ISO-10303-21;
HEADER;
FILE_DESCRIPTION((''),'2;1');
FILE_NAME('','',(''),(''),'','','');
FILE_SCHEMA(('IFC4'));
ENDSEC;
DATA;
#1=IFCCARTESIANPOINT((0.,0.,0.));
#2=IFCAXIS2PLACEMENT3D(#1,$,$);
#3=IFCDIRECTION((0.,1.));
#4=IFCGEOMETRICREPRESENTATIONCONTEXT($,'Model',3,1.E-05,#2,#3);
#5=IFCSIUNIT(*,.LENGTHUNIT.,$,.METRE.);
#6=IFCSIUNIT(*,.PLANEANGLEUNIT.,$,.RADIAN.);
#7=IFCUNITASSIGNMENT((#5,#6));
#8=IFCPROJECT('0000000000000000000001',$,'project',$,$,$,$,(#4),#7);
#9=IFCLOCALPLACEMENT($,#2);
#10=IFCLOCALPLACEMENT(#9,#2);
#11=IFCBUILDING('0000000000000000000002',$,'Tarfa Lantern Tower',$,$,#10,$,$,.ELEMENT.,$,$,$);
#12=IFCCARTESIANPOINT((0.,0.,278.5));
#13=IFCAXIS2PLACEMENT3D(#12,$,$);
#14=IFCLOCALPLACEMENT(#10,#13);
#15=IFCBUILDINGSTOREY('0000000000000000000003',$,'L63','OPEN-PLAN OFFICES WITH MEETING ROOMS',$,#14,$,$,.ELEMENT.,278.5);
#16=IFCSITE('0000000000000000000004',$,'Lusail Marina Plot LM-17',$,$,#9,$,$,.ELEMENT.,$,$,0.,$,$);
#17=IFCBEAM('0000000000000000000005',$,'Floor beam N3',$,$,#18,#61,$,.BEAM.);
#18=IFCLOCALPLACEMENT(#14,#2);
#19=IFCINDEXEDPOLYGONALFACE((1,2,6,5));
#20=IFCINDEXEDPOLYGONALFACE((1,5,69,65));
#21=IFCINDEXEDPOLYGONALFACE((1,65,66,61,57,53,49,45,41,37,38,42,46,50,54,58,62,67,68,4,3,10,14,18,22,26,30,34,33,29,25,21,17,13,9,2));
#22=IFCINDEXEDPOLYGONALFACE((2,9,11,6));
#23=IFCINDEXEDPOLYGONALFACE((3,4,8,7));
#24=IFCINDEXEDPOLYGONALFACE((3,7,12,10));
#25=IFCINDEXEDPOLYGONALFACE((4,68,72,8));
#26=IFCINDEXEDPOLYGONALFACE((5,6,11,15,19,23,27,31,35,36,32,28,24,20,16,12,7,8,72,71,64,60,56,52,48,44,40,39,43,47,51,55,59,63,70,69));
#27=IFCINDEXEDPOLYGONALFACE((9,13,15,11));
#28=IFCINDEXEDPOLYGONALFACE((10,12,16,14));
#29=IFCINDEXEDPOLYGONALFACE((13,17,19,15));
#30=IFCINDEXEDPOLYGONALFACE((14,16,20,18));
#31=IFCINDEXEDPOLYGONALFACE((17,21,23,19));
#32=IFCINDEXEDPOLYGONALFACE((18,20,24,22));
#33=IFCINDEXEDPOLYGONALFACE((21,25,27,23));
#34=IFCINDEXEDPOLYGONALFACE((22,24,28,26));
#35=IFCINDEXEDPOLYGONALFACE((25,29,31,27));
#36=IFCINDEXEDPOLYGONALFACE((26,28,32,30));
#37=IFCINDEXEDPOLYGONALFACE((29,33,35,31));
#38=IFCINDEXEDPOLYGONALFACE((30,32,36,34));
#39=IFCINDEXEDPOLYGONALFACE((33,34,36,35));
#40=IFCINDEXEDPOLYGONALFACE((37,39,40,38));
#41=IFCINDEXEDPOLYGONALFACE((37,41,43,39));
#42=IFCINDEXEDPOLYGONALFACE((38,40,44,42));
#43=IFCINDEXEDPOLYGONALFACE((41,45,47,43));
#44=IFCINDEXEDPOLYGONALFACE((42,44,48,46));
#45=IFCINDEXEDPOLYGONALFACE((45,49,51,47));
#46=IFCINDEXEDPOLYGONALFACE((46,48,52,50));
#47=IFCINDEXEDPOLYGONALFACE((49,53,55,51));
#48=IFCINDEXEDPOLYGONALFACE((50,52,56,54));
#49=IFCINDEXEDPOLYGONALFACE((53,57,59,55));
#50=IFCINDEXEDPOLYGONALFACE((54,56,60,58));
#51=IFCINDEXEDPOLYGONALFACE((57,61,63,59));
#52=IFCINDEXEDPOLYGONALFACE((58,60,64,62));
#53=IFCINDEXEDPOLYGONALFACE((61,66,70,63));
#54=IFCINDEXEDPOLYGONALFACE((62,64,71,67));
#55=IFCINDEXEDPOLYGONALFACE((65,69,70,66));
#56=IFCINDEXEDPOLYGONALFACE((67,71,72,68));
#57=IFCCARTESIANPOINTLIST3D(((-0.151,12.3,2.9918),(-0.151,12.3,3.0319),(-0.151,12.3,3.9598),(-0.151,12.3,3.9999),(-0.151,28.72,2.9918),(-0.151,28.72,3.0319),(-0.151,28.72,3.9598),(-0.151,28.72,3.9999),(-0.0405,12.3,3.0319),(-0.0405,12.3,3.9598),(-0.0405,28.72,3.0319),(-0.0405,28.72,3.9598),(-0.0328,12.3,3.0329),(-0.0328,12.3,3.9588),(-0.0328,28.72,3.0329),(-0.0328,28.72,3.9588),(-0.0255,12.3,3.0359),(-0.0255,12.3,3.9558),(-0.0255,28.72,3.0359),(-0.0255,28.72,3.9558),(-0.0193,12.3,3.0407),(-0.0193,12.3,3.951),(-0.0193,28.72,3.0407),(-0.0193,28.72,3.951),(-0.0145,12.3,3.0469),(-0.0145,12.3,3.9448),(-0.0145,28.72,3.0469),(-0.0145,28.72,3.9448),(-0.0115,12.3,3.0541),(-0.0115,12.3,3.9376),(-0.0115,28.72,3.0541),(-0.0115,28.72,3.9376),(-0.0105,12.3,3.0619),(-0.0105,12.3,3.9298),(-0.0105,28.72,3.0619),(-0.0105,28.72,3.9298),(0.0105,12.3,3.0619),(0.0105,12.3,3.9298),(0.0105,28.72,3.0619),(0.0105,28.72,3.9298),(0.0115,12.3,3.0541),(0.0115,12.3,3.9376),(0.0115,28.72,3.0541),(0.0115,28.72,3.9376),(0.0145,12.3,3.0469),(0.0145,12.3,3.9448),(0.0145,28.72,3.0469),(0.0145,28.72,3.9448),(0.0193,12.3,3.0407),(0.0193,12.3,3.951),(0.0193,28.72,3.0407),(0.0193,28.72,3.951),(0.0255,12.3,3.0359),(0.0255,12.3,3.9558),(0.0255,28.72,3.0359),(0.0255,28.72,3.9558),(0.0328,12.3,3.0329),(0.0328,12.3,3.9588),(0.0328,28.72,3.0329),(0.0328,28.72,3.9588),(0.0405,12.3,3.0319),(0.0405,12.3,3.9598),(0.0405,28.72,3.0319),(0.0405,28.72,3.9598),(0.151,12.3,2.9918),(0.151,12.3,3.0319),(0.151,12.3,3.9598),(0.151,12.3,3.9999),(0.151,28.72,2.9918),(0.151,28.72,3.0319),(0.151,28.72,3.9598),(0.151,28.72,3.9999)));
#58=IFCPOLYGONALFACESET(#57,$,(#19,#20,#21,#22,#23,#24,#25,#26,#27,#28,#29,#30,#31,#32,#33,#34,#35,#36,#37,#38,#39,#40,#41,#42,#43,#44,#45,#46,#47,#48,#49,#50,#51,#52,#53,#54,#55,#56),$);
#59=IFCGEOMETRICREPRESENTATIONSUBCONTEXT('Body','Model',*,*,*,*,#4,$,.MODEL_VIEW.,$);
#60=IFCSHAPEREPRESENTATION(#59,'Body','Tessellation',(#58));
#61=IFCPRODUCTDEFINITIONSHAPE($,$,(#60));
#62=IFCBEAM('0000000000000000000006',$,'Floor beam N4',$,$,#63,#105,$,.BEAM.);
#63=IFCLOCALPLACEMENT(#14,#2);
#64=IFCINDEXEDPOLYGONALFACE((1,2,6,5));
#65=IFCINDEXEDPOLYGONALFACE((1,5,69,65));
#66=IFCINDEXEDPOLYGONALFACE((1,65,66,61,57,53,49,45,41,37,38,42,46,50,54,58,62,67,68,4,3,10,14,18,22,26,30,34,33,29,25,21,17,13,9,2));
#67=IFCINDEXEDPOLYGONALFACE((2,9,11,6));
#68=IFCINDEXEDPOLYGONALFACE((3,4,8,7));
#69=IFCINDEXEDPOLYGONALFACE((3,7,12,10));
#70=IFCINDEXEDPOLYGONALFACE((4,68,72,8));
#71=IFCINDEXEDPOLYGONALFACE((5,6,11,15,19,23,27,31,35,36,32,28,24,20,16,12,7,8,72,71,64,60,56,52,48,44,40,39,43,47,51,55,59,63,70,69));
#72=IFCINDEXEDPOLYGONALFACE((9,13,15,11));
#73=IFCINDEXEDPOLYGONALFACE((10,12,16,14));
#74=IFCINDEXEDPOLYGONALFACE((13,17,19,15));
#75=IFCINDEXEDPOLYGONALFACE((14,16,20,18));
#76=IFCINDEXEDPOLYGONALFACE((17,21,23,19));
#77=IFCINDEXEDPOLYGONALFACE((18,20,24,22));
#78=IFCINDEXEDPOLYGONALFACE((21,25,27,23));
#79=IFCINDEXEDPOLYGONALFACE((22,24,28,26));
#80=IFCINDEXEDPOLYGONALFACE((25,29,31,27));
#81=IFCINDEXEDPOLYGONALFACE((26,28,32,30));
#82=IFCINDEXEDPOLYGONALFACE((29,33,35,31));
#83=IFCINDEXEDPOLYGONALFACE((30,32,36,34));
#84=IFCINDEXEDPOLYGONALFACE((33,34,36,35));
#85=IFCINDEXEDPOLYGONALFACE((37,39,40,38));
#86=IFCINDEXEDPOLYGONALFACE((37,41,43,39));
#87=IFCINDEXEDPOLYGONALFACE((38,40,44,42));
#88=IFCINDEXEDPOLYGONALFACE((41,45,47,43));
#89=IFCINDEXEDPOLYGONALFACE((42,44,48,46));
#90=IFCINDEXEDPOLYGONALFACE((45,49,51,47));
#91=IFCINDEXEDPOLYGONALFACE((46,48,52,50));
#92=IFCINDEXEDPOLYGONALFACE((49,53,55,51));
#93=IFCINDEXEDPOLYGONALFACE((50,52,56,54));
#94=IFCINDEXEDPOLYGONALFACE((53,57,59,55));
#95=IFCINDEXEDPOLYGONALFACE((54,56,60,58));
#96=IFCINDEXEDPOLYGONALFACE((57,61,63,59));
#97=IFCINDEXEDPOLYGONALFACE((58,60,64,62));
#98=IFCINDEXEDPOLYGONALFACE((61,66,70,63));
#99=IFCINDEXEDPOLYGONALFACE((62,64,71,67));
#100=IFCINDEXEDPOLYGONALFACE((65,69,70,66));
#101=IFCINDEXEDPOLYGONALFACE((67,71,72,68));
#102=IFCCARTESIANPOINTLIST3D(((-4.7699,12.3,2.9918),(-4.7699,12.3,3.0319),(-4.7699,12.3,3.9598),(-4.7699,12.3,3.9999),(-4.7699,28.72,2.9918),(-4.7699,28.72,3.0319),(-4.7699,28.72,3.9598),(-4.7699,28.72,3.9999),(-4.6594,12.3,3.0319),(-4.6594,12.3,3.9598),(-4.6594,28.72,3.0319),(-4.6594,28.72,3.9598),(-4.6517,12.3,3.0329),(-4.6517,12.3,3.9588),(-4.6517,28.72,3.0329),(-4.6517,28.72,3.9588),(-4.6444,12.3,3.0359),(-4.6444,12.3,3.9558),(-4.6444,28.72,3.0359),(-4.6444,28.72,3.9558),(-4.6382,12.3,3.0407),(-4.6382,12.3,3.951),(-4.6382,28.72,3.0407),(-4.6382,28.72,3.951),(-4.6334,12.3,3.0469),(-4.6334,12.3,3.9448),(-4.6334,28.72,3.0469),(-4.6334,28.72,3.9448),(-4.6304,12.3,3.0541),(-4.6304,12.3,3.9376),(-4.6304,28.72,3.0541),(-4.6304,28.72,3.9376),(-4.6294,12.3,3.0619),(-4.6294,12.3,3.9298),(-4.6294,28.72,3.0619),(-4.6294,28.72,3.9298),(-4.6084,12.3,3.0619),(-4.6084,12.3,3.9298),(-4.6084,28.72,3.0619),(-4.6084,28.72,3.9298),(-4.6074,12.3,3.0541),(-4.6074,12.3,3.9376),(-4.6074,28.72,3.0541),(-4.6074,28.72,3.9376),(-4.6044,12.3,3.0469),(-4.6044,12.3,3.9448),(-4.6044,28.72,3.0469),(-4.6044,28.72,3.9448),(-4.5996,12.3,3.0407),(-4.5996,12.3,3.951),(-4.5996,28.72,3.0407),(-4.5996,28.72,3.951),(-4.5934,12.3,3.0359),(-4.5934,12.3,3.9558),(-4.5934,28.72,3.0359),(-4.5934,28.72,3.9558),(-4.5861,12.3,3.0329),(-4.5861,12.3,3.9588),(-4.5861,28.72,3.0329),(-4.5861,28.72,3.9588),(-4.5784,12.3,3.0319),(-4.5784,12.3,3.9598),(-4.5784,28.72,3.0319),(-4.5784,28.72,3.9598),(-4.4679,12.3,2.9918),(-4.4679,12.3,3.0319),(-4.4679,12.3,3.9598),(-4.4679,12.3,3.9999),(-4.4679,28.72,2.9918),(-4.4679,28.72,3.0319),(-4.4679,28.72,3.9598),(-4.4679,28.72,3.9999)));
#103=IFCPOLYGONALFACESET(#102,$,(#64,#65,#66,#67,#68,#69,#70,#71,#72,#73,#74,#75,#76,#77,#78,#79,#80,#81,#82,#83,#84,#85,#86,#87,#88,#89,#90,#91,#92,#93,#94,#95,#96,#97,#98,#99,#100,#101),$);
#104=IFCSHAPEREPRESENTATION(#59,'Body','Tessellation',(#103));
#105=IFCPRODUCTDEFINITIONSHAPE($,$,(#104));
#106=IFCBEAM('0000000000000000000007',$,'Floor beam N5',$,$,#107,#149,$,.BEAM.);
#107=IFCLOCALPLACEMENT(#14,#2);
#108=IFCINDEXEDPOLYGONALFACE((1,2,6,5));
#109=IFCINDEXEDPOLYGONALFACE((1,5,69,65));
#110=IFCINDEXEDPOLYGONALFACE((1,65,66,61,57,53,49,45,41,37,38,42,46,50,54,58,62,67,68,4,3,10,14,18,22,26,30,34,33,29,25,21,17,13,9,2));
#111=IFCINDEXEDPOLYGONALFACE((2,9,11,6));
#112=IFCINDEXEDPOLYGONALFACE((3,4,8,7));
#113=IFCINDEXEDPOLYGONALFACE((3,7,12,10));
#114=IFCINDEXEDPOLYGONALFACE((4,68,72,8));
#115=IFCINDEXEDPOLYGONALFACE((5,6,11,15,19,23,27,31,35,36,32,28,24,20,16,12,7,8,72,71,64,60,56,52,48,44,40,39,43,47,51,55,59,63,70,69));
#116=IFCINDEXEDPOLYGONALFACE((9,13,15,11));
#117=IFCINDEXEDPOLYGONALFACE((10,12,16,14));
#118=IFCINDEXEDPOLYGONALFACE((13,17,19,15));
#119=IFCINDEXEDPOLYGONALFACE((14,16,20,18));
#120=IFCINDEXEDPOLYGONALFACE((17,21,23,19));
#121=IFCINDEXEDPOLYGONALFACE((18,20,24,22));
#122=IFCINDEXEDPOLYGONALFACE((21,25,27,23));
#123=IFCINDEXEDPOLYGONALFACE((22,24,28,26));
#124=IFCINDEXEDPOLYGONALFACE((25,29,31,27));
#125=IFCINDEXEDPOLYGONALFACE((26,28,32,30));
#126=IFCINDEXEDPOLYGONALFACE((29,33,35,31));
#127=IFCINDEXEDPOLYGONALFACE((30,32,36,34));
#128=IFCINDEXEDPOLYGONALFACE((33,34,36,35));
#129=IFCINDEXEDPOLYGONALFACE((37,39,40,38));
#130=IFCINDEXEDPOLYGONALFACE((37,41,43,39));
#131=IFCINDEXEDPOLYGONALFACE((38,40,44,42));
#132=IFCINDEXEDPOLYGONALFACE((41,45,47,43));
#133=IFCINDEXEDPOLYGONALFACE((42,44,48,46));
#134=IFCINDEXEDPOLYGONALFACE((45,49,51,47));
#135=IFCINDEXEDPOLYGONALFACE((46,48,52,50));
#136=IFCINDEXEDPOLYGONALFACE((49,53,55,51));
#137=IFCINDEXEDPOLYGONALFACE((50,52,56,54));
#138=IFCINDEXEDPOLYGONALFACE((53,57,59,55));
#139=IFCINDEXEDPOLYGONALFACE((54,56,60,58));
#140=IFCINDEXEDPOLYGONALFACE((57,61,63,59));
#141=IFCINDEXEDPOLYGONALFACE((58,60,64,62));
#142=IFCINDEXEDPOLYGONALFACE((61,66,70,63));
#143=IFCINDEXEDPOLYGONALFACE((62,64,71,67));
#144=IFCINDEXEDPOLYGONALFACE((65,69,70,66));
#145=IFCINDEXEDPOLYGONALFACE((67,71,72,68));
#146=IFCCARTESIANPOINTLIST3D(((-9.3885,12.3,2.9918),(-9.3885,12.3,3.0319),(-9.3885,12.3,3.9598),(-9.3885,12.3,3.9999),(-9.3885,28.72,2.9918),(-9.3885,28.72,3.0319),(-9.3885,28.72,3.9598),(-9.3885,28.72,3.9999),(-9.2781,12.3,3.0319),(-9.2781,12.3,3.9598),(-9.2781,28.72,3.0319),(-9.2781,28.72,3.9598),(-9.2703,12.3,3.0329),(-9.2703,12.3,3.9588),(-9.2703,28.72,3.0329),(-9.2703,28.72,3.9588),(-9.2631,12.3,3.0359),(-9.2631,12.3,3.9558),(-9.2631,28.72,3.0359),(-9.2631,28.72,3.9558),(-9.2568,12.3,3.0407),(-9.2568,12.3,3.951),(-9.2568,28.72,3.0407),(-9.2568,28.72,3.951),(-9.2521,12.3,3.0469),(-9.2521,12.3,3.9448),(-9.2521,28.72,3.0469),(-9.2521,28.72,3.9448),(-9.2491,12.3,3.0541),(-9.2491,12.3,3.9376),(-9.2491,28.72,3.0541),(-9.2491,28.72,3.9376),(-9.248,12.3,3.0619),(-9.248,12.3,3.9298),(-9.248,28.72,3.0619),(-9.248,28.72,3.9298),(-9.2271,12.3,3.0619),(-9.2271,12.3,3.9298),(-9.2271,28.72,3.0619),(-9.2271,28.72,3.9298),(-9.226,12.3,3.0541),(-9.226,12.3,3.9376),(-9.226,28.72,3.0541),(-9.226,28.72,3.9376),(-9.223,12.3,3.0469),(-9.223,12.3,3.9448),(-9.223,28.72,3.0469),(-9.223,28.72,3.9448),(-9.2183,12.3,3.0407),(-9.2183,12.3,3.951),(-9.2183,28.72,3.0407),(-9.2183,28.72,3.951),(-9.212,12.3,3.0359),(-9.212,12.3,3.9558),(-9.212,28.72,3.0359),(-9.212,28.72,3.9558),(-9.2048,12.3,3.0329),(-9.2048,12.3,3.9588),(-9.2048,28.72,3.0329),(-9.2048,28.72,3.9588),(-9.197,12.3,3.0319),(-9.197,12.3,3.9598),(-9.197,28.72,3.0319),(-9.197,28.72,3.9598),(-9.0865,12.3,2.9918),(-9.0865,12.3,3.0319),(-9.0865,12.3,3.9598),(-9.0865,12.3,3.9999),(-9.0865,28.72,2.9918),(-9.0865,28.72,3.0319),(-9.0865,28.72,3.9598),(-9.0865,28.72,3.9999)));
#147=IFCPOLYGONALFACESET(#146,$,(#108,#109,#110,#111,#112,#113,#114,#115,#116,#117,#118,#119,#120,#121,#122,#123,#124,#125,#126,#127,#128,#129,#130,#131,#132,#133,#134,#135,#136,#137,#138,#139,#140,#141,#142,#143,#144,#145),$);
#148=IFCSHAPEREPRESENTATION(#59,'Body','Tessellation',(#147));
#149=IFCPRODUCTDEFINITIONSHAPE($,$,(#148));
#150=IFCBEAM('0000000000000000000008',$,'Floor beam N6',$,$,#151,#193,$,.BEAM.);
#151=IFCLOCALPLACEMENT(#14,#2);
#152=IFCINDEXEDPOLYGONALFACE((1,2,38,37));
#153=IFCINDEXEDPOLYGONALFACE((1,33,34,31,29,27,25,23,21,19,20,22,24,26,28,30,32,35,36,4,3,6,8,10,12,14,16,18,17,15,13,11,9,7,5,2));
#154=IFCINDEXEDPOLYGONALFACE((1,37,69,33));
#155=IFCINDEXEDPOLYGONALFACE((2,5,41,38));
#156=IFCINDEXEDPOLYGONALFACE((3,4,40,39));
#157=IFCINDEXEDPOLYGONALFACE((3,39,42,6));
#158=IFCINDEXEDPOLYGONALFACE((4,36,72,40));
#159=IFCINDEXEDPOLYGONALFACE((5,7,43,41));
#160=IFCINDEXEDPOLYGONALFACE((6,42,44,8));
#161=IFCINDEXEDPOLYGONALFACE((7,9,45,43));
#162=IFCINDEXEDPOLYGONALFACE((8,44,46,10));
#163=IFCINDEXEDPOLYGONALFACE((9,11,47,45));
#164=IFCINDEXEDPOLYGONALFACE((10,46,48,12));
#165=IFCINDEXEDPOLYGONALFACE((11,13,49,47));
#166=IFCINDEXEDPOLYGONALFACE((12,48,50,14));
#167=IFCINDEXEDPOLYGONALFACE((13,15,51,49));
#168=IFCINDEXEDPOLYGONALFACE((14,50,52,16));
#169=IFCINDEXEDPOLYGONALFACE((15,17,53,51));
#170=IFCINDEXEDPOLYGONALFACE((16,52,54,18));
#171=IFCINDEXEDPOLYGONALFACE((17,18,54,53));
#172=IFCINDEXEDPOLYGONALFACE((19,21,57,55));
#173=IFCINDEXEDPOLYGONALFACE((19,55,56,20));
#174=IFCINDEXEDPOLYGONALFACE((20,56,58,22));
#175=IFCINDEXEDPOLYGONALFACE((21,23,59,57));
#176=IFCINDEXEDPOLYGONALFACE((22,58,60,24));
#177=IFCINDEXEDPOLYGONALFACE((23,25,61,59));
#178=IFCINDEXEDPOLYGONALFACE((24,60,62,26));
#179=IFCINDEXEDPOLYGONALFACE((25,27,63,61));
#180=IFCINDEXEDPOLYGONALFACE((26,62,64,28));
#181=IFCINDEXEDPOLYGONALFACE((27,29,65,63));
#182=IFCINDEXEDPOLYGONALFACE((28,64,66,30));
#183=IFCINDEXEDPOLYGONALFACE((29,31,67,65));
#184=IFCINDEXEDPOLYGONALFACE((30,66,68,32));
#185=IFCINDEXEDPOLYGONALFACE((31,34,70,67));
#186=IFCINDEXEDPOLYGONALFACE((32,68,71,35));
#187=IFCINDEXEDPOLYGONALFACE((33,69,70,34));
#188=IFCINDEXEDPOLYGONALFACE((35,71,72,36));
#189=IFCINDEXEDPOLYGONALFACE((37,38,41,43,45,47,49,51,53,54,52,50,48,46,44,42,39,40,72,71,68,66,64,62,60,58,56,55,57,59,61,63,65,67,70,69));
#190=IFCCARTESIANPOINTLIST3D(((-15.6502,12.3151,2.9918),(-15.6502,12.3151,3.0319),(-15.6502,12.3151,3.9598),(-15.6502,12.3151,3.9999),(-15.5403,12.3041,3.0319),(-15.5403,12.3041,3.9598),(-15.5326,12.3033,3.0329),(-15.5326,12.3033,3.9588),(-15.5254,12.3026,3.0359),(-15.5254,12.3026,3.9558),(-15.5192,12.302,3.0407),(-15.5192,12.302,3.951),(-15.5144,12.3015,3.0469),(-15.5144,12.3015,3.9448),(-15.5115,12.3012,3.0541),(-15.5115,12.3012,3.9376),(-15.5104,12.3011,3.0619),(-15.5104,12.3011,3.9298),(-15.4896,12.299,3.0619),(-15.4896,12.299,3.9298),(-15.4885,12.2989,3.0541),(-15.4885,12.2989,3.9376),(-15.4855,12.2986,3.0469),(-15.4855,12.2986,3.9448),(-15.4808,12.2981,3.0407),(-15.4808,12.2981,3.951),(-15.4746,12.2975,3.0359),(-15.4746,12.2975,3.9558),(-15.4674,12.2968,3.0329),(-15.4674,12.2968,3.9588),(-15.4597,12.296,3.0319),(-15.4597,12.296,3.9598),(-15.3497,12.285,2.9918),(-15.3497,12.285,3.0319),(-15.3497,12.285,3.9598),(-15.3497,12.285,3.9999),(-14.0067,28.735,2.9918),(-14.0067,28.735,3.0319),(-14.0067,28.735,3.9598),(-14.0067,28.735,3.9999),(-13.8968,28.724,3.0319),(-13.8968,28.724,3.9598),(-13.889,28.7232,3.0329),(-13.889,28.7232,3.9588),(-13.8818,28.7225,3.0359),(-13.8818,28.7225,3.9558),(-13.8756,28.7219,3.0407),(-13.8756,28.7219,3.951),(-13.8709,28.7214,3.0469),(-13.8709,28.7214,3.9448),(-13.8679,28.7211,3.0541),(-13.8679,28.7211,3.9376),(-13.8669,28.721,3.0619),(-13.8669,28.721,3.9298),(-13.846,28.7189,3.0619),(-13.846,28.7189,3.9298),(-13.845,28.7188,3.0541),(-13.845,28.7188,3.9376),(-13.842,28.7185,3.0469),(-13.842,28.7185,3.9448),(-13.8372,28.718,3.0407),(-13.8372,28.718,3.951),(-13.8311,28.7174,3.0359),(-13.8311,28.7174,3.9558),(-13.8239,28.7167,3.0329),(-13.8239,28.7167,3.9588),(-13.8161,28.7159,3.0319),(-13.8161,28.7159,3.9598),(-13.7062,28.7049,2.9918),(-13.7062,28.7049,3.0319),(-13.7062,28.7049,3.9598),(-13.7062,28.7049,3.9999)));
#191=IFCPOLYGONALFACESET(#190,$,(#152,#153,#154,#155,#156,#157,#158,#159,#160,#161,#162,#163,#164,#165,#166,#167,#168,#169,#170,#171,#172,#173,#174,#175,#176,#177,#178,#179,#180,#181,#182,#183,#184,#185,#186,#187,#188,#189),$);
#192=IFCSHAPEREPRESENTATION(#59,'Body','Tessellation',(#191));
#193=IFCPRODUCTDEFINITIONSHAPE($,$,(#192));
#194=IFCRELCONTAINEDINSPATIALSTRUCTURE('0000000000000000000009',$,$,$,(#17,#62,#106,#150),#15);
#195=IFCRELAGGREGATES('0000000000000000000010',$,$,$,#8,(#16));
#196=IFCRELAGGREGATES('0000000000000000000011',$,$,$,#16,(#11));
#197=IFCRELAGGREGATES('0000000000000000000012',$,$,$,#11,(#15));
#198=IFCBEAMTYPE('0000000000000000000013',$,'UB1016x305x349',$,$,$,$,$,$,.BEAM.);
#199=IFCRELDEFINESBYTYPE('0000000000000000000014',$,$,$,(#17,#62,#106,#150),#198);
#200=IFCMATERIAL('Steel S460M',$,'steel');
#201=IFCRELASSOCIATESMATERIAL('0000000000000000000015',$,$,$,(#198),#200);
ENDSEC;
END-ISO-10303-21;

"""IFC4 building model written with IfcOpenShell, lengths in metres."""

from ifc_helpers import new_model, si_unit, direction, frame, origin, origin_2d, place, context, subcontext, project, spatial, i_section, extrude, material, material_profile, profile_set, type_object, element, save


model = new_model("IFC4")

# Units and contexts
model_context = context("Model", 3, precision=1e-05, world=origin(), true_north=direction((0.0, 1.0)))
body_context = subcontext(model_context, "Body", "Model", "MODEL_VIEW")
ifc_project = project(units=[si_unit("LENGTHUNIT", "METRE"), si_unit("PLANEANGLEUNIT", "RADIAN")], contexts=[model_context])

# Site, building, storey
site_placement = place(None, origin())
site = spatial("IfcSite", under=ifc_project, at=site_placement, Name="Lusail Marina Plot LM-17", CompositionType="ELEMENT", RefElevation=0.0)
building_placement = place(site_placement, origin())
building = spatial("IfcBuilding", under=site, at=building_placement, Name="Tarfa Lantern Tower", CompositionType="ELEMENT")
storey_placement = place(building_placement, frame((0.0, 0.0, 278.5)))
storey = spatial("IfcBuildingStorey", under=building, at=storey_placement, Name="L63", Description="OPEN-PLAN OFFICES WITH MEETING ROOMS", CompositionType="ELEMENT", Elevation=278.5)

# Beams
ifc_material_1 = material(Name="Steel S460M", Category="steel")
ifc_material_profile_1 = material_profile(ifc_material_1, i_section(OverallWidth=0.302, OverallDepth=1.0081, WebThickness=0.021, FlangeThickness=0.04, FilletRadius=0.03, at=origin_2d()), Name="UB1016x305x349")
ifc_profile_set_1 = profile_set([ifc_material_profile_1], Name="Steel S460M")
beam_type_1 = type_object("IfcBeamType", Name="UB1016x305x349", PredefinedType="BEAM", material=ifc_profile_set_1)
for number, where, z_axis, x_axis, name in (
    (1, (0.0, 28.72, 3.4958), (0.0, -1.0, 0.0), (1.0, 0.0, 0.0), "Floor beam N3"),
    (2, (-4.6189, 28.72, 3.4958), (0.0, -1.0, 0.0), (1.0, 0.0, 0.0), "Floor beam N4"),
    (3, (-9.2375, 28.72, 3.4958), (0.0, -1.0, 0.0), (1.0, 0.0, 0.0), "Floor beam N5"),
):
    element("IfcBeam", number, at=place(storey_placement, frame(where, z_axis=z_axis, x_axis=x_axis)), inside=storey, type_object=beam_type_1, Name=name, PredefinedType="BEAM", context=body_context, shape_type="SweptSolid", body=[
        extrude(i_section(OverallWidth=0.302, OverallDepth=1.0081, WebThickness=0.021, FlangeThickness=0.04, FilletRadius=0.03, at=origin_2d()), origin(), (0.0, 0.0, 1.0), 16.4199),
    ])
beam_1_placement = place(storey_placement, frame((-13.8564, 28.72, 3.4958), z_axis=(-0.099597, -0.995028, 0.0), x_axis=(0.995028, -0.099597, 0.0)))
element("IfcBeam", 4, at=beam_1_placement, inside=storey, type_object=beam_type_1, Name="Floor beam N6", PredefinedType="BEAM", context=body_context, shape_type="SweptSolid", body=[
    extrude(i_section(OverallWidth=0.302, OverallDepth=1.0081, WebThickness=0.021, FlangeThickness=0.04, FilletRadius=0.03, at=origin_2d()), origin(), (0.0, 0.0, 1.0), 16.502),
])

save(model, "model.ifc")
